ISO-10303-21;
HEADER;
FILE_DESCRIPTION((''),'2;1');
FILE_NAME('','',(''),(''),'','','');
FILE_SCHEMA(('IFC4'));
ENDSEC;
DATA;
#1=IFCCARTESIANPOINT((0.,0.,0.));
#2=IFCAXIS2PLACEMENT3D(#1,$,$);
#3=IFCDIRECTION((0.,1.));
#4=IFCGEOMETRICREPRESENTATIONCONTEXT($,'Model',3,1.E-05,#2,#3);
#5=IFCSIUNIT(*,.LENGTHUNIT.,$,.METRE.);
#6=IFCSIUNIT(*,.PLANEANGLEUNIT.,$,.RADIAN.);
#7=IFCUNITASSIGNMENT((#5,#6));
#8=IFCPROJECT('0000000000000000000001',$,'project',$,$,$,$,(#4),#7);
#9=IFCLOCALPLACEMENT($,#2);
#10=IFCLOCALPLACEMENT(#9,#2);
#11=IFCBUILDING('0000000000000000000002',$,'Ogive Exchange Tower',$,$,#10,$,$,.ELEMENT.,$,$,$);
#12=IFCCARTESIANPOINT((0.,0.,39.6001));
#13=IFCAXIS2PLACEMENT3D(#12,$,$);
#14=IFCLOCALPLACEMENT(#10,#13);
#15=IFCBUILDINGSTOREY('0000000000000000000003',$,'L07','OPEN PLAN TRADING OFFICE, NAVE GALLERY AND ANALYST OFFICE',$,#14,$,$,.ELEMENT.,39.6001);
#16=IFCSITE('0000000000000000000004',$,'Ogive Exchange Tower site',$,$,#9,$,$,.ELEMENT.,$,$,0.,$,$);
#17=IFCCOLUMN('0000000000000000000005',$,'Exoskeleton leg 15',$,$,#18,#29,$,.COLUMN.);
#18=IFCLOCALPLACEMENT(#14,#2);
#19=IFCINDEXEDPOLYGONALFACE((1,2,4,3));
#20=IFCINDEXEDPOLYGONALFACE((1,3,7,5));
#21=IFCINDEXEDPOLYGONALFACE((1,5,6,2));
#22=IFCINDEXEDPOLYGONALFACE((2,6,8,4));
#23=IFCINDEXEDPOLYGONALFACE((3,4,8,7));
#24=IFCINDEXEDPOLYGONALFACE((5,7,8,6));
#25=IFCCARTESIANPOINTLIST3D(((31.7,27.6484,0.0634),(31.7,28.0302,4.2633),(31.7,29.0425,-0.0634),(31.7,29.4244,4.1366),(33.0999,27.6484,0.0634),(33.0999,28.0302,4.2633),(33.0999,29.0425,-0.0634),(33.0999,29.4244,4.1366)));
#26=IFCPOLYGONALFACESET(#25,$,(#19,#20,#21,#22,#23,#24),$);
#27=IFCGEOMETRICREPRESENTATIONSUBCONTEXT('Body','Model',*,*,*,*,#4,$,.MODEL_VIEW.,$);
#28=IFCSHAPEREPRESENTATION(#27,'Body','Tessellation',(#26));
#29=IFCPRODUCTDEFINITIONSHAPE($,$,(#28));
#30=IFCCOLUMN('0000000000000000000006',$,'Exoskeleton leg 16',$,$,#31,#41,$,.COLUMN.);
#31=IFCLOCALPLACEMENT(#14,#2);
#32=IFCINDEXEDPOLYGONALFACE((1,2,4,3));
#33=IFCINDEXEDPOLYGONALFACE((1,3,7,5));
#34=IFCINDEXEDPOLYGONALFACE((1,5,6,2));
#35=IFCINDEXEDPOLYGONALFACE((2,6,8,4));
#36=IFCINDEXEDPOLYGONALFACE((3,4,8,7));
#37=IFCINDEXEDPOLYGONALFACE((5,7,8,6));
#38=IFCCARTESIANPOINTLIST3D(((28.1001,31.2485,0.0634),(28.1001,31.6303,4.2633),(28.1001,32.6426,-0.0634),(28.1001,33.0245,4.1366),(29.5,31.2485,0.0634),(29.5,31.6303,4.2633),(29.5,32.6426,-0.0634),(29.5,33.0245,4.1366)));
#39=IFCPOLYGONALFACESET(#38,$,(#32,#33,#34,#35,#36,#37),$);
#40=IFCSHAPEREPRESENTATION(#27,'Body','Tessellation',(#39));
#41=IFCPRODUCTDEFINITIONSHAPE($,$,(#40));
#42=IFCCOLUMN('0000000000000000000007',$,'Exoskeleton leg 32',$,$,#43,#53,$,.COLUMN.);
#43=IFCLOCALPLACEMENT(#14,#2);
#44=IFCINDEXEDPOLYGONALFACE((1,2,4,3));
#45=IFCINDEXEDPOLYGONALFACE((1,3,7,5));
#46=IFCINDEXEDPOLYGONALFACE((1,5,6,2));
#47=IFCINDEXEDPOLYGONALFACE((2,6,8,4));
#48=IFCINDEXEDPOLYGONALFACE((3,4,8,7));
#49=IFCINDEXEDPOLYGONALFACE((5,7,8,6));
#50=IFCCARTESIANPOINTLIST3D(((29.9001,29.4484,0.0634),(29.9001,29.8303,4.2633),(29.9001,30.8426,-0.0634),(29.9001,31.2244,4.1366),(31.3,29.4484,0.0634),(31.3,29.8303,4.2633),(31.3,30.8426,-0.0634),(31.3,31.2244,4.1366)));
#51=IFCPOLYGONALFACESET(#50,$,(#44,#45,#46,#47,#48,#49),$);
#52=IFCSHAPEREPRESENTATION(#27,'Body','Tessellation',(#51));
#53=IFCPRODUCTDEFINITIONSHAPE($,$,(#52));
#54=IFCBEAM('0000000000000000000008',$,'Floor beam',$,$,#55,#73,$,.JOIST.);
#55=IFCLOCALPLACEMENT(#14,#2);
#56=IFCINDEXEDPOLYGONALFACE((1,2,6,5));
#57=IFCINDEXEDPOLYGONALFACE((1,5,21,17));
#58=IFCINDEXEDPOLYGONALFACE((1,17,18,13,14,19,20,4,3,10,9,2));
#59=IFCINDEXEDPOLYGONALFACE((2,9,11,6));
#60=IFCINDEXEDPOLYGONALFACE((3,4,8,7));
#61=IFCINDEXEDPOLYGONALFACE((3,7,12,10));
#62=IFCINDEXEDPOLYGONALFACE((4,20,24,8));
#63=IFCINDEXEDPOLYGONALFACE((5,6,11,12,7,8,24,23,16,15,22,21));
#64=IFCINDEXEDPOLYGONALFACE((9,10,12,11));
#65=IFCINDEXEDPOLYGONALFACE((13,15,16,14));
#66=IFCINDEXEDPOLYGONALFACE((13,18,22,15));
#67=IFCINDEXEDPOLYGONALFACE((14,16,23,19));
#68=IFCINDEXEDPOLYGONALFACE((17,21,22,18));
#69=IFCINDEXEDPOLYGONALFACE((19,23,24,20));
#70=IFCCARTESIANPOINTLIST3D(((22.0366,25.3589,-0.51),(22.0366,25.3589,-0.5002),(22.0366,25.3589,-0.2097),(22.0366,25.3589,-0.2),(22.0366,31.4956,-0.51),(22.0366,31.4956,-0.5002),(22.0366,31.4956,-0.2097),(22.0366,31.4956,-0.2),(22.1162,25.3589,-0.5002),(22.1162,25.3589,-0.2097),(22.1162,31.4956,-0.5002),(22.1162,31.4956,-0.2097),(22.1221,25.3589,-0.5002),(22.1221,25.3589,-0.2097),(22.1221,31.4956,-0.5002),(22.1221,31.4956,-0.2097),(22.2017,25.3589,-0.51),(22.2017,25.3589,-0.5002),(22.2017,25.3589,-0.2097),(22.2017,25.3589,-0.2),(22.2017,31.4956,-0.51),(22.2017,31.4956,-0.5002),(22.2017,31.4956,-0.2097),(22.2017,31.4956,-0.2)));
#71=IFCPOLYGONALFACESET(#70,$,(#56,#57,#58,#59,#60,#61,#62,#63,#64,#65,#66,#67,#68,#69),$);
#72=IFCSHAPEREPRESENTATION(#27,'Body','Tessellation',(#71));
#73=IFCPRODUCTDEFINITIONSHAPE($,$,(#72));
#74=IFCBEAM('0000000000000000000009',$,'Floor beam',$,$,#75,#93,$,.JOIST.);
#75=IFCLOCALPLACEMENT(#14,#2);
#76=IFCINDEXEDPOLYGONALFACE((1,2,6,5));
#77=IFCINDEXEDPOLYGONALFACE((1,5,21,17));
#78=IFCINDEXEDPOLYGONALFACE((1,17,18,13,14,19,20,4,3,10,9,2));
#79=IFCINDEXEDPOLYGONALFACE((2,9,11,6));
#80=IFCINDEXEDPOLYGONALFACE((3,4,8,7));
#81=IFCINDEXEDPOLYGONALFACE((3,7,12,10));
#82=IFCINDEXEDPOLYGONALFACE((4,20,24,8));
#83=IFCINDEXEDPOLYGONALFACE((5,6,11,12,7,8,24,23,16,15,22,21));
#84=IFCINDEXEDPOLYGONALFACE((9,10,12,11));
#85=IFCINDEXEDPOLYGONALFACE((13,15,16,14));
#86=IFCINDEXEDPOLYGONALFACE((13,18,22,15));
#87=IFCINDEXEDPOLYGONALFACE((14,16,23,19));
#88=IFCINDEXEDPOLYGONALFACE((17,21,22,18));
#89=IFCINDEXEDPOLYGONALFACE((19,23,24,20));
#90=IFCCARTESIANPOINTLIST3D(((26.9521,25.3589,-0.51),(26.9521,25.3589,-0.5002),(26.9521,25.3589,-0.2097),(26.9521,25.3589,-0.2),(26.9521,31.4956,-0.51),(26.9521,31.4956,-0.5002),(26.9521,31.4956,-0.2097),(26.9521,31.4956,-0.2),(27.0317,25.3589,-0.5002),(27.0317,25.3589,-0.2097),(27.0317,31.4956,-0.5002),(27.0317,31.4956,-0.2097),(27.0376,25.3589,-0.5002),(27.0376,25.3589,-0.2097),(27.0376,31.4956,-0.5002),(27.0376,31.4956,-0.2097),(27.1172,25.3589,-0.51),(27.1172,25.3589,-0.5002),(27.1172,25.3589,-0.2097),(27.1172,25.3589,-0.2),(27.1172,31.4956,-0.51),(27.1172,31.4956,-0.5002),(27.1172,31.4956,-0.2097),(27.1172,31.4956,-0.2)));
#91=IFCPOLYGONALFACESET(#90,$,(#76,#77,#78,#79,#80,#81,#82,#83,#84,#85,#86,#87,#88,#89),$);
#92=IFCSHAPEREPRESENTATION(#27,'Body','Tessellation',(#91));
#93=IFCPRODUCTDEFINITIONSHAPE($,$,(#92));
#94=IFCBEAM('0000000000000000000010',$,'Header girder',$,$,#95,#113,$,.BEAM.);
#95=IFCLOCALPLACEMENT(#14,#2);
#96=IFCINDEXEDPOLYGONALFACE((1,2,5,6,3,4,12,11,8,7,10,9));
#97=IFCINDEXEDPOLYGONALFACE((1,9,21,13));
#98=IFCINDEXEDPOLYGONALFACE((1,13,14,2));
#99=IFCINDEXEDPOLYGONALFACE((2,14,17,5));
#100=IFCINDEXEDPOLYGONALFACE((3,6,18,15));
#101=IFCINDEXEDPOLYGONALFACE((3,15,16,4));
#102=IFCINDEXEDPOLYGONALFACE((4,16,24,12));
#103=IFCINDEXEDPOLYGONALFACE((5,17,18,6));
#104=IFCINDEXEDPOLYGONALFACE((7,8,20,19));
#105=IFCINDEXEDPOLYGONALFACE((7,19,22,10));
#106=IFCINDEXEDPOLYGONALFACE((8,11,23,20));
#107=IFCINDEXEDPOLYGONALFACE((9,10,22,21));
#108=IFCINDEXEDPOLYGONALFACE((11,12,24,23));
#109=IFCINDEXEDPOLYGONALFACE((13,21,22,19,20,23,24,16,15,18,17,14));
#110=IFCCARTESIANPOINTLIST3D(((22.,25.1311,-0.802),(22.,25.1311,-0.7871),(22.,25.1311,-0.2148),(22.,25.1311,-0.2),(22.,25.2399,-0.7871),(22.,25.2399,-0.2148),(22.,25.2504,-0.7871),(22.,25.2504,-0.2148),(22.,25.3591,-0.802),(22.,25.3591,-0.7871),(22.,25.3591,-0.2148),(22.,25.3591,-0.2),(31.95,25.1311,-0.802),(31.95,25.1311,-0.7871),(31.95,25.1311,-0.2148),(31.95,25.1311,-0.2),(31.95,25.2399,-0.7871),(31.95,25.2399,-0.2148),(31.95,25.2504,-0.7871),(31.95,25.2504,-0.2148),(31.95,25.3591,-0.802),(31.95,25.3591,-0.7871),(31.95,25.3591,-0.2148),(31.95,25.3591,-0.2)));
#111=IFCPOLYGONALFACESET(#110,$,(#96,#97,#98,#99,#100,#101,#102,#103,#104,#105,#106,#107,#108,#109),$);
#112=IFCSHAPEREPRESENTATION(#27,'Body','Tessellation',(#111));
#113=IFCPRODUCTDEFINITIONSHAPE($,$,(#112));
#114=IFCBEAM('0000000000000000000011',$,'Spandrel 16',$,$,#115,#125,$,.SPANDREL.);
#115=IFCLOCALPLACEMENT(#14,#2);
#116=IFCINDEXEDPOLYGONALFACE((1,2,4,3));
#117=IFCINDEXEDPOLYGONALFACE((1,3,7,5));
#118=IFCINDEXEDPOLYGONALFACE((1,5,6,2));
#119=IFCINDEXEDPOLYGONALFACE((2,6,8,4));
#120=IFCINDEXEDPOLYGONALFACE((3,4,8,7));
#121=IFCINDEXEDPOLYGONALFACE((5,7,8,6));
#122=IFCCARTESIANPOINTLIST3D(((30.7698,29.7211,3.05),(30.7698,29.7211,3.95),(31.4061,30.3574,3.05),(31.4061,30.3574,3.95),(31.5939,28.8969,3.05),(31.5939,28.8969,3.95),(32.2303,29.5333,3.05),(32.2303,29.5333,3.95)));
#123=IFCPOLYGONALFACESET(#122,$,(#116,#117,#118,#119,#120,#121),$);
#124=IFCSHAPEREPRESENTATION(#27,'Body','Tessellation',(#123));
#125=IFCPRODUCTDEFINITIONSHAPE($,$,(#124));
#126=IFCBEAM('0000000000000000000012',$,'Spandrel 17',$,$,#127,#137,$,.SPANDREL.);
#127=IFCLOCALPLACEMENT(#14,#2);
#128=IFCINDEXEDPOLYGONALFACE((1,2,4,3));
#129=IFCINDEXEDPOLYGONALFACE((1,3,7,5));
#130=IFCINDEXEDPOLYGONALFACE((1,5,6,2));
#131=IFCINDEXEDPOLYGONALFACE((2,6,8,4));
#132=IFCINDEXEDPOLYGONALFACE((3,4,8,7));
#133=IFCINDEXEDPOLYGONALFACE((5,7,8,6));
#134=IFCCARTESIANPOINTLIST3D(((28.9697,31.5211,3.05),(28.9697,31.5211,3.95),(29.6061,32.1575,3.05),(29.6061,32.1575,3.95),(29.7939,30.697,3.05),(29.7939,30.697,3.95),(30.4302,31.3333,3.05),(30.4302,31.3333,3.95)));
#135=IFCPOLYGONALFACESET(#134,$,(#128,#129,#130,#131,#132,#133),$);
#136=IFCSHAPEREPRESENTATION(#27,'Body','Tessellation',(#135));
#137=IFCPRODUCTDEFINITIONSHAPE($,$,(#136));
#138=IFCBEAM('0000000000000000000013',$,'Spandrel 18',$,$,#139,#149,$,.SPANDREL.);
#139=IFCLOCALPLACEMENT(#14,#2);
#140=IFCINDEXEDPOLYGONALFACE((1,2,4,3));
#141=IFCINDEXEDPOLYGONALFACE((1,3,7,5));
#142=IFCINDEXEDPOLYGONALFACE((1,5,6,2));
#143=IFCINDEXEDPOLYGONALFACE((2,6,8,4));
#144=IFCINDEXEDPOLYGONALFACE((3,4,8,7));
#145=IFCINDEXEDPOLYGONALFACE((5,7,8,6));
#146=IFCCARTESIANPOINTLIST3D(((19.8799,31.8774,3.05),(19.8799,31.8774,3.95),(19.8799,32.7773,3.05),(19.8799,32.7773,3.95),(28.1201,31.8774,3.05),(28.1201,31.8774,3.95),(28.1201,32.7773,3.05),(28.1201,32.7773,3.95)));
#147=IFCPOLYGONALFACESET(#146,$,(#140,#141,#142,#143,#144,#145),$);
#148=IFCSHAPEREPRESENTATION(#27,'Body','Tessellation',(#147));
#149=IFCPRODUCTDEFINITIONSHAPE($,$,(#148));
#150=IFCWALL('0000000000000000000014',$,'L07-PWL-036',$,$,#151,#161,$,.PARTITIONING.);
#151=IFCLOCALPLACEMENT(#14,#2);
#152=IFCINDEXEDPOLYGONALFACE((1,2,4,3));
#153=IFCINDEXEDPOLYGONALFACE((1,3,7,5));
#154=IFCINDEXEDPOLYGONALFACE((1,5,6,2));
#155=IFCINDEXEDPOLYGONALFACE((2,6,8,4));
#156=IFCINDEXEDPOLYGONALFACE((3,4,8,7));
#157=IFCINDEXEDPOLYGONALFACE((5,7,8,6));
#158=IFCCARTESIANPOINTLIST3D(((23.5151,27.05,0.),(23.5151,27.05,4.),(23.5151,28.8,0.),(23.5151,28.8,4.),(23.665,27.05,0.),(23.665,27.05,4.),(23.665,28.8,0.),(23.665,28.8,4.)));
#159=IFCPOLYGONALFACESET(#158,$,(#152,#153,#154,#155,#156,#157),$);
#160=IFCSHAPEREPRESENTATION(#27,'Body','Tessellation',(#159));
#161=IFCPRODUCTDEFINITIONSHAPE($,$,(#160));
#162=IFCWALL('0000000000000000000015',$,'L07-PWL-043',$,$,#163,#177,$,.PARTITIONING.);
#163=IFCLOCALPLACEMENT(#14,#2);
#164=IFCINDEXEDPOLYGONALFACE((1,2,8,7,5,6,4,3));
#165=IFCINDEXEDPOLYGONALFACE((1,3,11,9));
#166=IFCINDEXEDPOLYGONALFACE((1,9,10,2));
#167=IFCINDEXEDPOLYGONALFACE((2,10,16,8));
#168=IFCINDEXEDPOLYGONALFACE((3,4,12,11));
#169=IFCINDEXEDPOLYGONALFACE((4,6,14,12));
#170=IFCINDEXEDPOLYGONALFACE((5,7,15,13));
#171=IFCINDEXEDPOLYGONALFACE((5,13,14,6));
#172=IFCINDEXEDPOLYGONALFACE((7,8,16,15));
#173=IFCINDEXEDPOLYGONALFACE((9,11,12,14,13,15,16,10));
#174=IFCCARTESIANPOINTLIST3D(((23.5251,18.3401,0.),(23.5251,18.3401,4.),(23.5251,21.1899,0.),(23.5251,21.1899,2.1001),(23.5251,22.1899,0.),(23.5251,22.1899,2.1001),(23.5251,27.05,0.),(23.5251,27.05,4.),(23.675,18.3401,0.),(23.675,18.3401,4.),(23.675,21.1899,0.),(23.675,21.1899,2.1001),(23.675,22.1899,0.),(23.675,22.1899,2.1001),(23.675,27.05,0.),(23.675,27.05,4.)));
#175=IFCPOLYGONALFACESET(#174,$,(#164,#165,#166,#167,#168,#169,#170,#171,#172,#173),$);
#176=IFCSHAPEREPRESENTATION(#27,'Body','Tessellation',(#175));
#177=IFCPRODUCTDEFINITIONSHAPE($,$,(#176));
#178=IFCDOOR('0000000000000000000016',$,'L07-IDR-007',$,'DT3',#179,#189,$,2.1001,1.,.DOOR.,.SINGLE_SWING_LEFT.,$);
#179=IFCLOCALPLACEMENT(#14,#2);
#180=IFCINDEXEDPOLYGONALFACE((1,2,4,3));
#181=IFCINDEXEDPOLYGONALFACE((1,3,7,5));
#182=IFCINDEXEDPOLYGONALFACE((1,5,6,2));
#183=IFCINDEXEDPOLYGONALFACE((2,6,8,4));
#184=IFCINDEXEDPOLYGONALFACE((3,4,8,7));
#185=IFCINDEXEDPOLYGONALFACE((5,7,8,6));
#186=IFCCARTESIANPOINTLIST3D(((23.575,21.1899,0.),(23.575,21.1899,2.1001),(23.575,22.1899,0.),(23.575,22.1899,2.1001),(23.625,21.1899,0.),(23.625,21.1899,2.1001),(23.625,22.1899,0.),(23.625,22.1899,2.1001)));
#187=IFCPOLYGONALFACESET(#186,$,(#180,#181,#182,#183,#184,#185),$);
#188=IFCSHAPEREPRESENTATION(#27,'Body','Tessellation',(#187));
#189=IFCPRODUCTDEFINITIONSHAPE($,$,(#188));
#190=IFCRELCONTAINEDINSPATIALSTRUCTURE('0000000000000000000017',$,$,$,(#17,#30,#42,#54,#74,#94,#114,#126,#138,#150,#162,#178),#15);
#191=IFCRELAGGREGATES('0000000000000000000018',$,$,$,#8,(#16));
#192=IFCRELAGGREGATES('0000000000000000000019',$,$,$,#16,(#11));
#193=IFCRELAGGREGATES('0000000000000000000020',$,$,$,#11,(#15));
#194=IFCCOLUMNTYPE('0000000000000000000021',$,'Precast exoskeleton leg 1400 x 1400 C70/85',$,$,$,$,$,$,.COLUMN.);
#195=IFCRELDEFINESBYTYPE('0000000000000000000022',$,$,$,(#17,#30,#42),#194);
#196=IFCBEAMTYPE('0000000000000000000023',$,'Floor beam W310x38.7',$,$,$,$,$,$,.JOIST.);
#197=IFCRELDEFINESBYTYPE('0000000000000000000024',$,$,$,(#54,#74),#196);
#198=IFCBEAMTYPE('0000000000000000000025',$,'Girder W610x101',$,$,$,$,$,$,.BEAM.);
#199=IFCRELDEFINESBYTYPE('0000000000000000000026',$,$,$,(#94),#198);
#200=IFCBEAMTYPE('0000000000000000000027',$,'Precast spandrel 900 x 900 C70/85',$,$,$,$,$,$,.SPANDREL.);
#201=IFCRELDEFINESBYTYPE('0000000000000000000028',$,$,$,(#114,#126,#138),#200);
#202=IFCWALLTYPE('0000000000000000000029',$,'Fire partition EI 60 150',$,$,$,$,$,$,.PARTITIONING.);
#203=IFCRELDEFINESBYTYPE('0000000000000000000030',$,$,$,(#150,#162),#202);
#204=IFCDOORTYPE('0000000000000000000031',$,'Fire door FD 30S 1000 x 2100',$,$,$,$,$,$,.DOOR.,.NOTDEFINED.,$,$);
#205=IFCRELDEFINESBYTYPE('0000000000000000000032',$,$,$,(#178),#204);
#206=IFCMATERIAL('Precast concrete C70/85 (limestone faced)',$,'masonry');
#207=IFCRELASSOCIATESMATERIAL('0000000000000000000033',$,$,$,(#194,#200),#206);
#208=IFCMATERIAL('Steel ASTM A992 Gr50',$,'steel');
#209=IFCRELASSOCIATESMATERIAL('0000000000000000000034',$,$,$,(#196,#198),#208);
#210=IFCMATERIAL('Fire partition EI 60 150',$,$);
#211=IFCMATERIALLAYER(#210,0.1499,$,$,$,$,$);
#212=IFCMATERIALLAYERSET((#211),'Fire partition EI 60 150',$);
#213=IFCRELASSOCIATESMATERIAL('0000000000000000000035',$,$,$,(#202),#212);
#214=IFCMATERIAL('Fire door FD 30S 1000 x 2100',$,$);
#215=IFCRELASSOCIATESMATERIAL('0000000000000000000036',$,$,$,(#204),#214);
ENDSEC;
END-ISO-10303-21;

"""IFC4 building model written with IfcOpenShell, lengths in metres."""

from ifc_helpers import new_model, si_unit, direction, frame, frame_2d, origin, origin_2d, place, context, subcontext, project, spatial, rectangle, i_section, extrude, material, layer, layer_set, material_profile, profile_set, type_object, element, fill, save


model = new_model("IFC4")

# Units and contexts
model_context = context("Model", 3, precision=1e-05, world=origin(), true_north=direction((0.0, 1.0)))
body_context = subcontext(model_context, "Body", "Model", "MODEL_VIEW")
ifc_project = project(units=[si_unit("LENGTHUNIT", "METRE"), si_unit("PLANEANGLEUNIT", "RADIAN")], contexts=[model_context])

# Site, building, storey
site_placement = place(None, origin())
site = spatial("IfcSite", under=ifc_project, at=site_placement, Name="Ogive Exchange Tower site", CompositionType="ELEMENT", RefElevation=0.0)
building_placement = place(site_placement, origin())
building = spatial("IfcBuilding", under=site, at=building_placement, Name="Ogive Exchange Tower", CompositionType="ELEMENT")
storey_placement = place(building_placement, frame((0.0, 0.0, 39.6001)))
storey = spatial("IfcBuildingStorey", under=building, at=storey_placement, Name="L07", Description="OPEN PLAN TRADING OFFICE, NAVE GALLERY AND ANALYST OFFICE", CompositionType="ELEMENT", Elevation=39.6001)

# Columns
ifc_material_1 = material(Name="Precast concrete C70/85 (limestone faced)", Category="masonry")
ifc_material_profile_1 = material_profile(ifc_material_1, rectangle(XDim=1.3999, YDim=1.3999, at=origin_2d()), Name="1400 x 1400")
ifc_profile_set_1 = profile_set([ifc_material_profile_1], Name="Precast concrete C70/85 (limestone faced)")
column_type = type_object("IfcColumnType", Name="Precast exoskeleton leg 1400 x 1400 C70/85", PredefinedType="COLUMN", material=ifc_profile_set_1)
for number, where, z_axis, x_axis, name in (
    (1, (32.3999, 28.3455, 0.0), (0.0, 0.090541, 0.995893), (-1.0, 0.0, 0.0), "Exoskeleton leg 15"),
    (2, (28.8, 31.9456, 0.0), (0.0, 0.090541, 0.995893), (-1.0, 0.0, 0.0), "Exoskeleton leg 16"),
    (3, (30.6001, 30.1455, 0.0), (0.0, 0.090541, 0.995893), (-1.0, 0.0, 0.0), "Exoskeleton leg 32"),
):
    element("IfcColumn", number, at=place(storey_placement, frame(where, z_axis=z_axis, x_axis=x_axis)), inside=storey, type_object=column_type, Name=name, PredefinedType="COLUMN", context=body_context, shape_type="SweptSolid", body=[
        extrude(rectangle(XDim=1.3999, YDim=1.3999, at=origin_2d()), origin(), (0.0, 0.0, 1.0), 4.2173),
    ])

# Beams
ifc_material_2 = material(Name="Steel ASTM A992 Gr50", Category="steel")
ifc_material_profile_2 = material_profile(ifc_material_2, i_section(OverallWidth=0.165, OverallDepth=0.3101, WebThickness=0.0059, FlangeThickness=0.0098, at=origin_2d()), Name="W310x38.7")
ifc_profile_set_2 = profile_set([ifc_material_profile_2], Name="Steel ASTM A992 Gr50")
beam_type_1 = type_object("IfcBeamType", Name="Floor beam W310x38.7", PredefinedType="JOIST", material=ifc_profile_set_2)
for number, where, z_axis, x_axis, name in (
    (4, (22.1191, 25.3589, -0.355), (0.0, 1.0, 0.0), (-1.0, 0.0, 0.0), "Floor beam"),
    (5, (27.0347, 25.3589, -0.355), (0.0, 1.0, 0.0), (-1.0, 0.0, 0.0), "Floor beam"),
):
    element("IfcBeam", number, at=place(storey_placement, frame(where, z_axis=z_axis, x_axis=x_axis)), inside=storey, type_object=beam_type_1, Name=name, PredefinedType="JOIST", context=body_context, shape_type="SweptSolid", body=[
        extrude(i_section(OverallWidth=0.165, OverallDepth=0.3101, WebThickness=0.0059, FlangeThickness=0.0098, at=origin_2d()), origin(), (0.0, 0.0, 1.0), 6.1367),
    ])
ifc_material_profile_3 = material_profile(ifc_material_2, i_section(OverallWidth=0.228, OverallDepth=0.6021, WebThickness=0.0105, FlangeThickness=0.0149, at=origin_2d()), Name="W610x101")
ifc_profile_set_3 = profile_set([ifc_material_profile_3], Name="Steel ASTM A992 Gr50")
beam_type_2 = type_object("IfcBeamType", Name="Girder W610x101", PredefinedType="BEAM", material=ifc_profile_set_3)
beam_1_placement = place(storey_placement, frame((22.0, 25.2451, -0.501), z_axis=(1.0, 0.0, 0.0), x_axis=(0.0, 1.0, 0.0)))
element("IfcBeam", 6, at=beam_1_placement, inside=storey, type_object=beam_type_2, Name="Header girder", PredefinedType="BEAM", context=body_context, shape_type="SweptSolid", body=[
    extrude(i_section(OverallWidth=0.228, OverallDepth=0.6021, WebThickness=0.0105, FlangeThickness=0.0149, at=origin_2d()), origin(), (0.0, 0.0, 1.0), 9.95),
])
ifc_material_profile_4 = material_profile(ifc_material_1, rectangle(XDim=0.8999, YDim=0.8999, at=origin_2d()), Name="900 x 900")
ifc_profile_set_4 = profile_set([ifc_material_profile_4], Name="Precast concrete C70/85 (limestone faced)")
beam_type_3 = type_object("IfcBeamType", Name="Precast spandrel 900 x 900 C70/85", PredefinedType="SPANDREL", material=ifc_profile_set_4)
for number, where, z_axis, x_axis, name in (
    (7, (31.9121, 29.2151, 3.5), (-0.707107, 0.707107, 0.0), (-0.707107, -0.707107, 0.0), "Spandrel 16"),
    (8, (30.1121, 31.0151, 3.5), (-0.707107, 0.707107, 0.0), (-0.707107, -0.707107, 0.0), "Spandrel 17"),
):
    element("IfcBeam", number, at=place(storey_placement, frame(where, z_axis=z_axis, x_axis=x_axis)), inside=storey, type_object=beam_type_3, Name=name, PredefinedType="SPANDREL", context=body_context, shape_type="SweptSolid", body=[
        extrude(rectangle(XDim=0.8999, YDim=0.8999, at=origin_2d()), origin(), (0.0, 0.0, 1.0), 1.1655),
    ])
beam_2_placement = place(storey_placement, frame((28.1201, 32.3274, 3.5), z_axis=(-1.0, 0.0, 0.0), x_axis=(0.0, -1.0, 0.0)))
element("IfcBeam", 9, at=beam_2_placement, inside=storey, type_object=beam_type_3, Name="Spandrel 18", PredefinedType="SPANDREL", context=body_context, shape_type="SweptSolid", body=[
    extrude(rectangle(XDim=0.8999, YDim=0.8999, at=origin_2d()), origin(), (0.0, 0.0, 1.0), 8.2402),
])

# Wall
ifc_material_3 = material(Name="Fire partition EI 60 150")
ifc_layer_1 = layer(ifc_material_3, 0.1499)
ifc_layer_set_1 = layer_set([ifc_layer_1], Name="Fire partition EI 60 150")
wall_type_1 = type_object("IfcWallType", Name="Fire partition EI 60 150", PredefinedType="PARTITIONING", material=ifc_layer_set_1)
wall_1_placement = place(storey_placement, frame((23.5901, 28.8, 0.0), z_axis=(0.0, 0.0, 1.0), x_axis=(0.0, -1.0, 0.0)))
element("IfcWall", 10, at=wall_1_placement, inside=storey, type_object=wall_type_1, Name="L07-PWL-036", PredefinedType="PARTITIONING", context=body_context, shape_type="SweptSolid", body=[
    extrude(rectangle(XDim=1.75, YDim=0.1499, at=frame_2d((0.875, 0.0))), origin(), (0.0, 0.0, 1.0), 4.0),
])

# Wall, opening, door
wall_2_placement = place(storey_placement, frame((23.6001, 27.05, 0.0), z_axis=(0.0, 0.0, 1.0), x_axis=(0.0, -1.0, 0.0)))
wall_2 = element("IfcWall", 11, at=wall_2_placement, inside=storey, type_object=wall_type_1, Name="L07-PWL-043", PredefinedType="PARTITIONING", context=body_context, shape_type="SweptSolid", body=[
    extrude(rectangle(XDim=8.71, YDim=0.1499, at=frame_2d((4.355, 0.0))), origin(), (0.0, 0.0, 1.0), 4.0),
])
opening_1_placement = place(wall_2_placement, frame((4.8601, 0.0, 0.0)))
opening_1 = element("IfcOpeningElement", 12, at=opening_1_placement, cuts=wall_2, PredefinedType="OPENING", context=body_context, shape_type="SweptSolid", body=[
    extrude(rectangle(XDim=1.0, YDim=2.1001, at=frame_2d((0.5, 1.05))), frame((0.0, 0.085, 0.0), z_axis=(0.0, -1.0, 0.0), x_axis=(1.0, 0.0, 0.0)), (0.0, 0.0, 1.0), 0.1699),
])
ifc_material_4 = material(Name="Fire door FD 30S 1000 x 2100")
door_type_1 = type_object("IfcDoorType", Name="Fire door FD 30S 1000 x 2100", OperationType="NOTDEFINED", PredefinedType="DOOR", material=ifc_material_4)
door_1_placement = place(opening_1_placement, origin())
door_1 = element("IfcDoor", 13, at=door_1_placement, inside=storey, type_object=door_type_1, Name="L07-IDR-007", ObjectType="DT3", OperationType="SINGLE_SWING_LEFT", OverallHeight=2.1001, OverallWidth=1.0, PredefinedType="DOOR", context=body_context, shape_type="SweptSolid", body=[
    extrude(rectangle(XDim=1.0, YDim=2.1001, at=frame_2d((0.5, 1.05))), frame((0.0, 0.0249, 0.0), z_axis=(0.0, -1.0, 0.0), x_axis=(1.0, 0.0, 0.0)), (0.0, 0.0, 1.0), 0.05),
])
fill(opening_1, door_1)

save(model, "model.ifc")
